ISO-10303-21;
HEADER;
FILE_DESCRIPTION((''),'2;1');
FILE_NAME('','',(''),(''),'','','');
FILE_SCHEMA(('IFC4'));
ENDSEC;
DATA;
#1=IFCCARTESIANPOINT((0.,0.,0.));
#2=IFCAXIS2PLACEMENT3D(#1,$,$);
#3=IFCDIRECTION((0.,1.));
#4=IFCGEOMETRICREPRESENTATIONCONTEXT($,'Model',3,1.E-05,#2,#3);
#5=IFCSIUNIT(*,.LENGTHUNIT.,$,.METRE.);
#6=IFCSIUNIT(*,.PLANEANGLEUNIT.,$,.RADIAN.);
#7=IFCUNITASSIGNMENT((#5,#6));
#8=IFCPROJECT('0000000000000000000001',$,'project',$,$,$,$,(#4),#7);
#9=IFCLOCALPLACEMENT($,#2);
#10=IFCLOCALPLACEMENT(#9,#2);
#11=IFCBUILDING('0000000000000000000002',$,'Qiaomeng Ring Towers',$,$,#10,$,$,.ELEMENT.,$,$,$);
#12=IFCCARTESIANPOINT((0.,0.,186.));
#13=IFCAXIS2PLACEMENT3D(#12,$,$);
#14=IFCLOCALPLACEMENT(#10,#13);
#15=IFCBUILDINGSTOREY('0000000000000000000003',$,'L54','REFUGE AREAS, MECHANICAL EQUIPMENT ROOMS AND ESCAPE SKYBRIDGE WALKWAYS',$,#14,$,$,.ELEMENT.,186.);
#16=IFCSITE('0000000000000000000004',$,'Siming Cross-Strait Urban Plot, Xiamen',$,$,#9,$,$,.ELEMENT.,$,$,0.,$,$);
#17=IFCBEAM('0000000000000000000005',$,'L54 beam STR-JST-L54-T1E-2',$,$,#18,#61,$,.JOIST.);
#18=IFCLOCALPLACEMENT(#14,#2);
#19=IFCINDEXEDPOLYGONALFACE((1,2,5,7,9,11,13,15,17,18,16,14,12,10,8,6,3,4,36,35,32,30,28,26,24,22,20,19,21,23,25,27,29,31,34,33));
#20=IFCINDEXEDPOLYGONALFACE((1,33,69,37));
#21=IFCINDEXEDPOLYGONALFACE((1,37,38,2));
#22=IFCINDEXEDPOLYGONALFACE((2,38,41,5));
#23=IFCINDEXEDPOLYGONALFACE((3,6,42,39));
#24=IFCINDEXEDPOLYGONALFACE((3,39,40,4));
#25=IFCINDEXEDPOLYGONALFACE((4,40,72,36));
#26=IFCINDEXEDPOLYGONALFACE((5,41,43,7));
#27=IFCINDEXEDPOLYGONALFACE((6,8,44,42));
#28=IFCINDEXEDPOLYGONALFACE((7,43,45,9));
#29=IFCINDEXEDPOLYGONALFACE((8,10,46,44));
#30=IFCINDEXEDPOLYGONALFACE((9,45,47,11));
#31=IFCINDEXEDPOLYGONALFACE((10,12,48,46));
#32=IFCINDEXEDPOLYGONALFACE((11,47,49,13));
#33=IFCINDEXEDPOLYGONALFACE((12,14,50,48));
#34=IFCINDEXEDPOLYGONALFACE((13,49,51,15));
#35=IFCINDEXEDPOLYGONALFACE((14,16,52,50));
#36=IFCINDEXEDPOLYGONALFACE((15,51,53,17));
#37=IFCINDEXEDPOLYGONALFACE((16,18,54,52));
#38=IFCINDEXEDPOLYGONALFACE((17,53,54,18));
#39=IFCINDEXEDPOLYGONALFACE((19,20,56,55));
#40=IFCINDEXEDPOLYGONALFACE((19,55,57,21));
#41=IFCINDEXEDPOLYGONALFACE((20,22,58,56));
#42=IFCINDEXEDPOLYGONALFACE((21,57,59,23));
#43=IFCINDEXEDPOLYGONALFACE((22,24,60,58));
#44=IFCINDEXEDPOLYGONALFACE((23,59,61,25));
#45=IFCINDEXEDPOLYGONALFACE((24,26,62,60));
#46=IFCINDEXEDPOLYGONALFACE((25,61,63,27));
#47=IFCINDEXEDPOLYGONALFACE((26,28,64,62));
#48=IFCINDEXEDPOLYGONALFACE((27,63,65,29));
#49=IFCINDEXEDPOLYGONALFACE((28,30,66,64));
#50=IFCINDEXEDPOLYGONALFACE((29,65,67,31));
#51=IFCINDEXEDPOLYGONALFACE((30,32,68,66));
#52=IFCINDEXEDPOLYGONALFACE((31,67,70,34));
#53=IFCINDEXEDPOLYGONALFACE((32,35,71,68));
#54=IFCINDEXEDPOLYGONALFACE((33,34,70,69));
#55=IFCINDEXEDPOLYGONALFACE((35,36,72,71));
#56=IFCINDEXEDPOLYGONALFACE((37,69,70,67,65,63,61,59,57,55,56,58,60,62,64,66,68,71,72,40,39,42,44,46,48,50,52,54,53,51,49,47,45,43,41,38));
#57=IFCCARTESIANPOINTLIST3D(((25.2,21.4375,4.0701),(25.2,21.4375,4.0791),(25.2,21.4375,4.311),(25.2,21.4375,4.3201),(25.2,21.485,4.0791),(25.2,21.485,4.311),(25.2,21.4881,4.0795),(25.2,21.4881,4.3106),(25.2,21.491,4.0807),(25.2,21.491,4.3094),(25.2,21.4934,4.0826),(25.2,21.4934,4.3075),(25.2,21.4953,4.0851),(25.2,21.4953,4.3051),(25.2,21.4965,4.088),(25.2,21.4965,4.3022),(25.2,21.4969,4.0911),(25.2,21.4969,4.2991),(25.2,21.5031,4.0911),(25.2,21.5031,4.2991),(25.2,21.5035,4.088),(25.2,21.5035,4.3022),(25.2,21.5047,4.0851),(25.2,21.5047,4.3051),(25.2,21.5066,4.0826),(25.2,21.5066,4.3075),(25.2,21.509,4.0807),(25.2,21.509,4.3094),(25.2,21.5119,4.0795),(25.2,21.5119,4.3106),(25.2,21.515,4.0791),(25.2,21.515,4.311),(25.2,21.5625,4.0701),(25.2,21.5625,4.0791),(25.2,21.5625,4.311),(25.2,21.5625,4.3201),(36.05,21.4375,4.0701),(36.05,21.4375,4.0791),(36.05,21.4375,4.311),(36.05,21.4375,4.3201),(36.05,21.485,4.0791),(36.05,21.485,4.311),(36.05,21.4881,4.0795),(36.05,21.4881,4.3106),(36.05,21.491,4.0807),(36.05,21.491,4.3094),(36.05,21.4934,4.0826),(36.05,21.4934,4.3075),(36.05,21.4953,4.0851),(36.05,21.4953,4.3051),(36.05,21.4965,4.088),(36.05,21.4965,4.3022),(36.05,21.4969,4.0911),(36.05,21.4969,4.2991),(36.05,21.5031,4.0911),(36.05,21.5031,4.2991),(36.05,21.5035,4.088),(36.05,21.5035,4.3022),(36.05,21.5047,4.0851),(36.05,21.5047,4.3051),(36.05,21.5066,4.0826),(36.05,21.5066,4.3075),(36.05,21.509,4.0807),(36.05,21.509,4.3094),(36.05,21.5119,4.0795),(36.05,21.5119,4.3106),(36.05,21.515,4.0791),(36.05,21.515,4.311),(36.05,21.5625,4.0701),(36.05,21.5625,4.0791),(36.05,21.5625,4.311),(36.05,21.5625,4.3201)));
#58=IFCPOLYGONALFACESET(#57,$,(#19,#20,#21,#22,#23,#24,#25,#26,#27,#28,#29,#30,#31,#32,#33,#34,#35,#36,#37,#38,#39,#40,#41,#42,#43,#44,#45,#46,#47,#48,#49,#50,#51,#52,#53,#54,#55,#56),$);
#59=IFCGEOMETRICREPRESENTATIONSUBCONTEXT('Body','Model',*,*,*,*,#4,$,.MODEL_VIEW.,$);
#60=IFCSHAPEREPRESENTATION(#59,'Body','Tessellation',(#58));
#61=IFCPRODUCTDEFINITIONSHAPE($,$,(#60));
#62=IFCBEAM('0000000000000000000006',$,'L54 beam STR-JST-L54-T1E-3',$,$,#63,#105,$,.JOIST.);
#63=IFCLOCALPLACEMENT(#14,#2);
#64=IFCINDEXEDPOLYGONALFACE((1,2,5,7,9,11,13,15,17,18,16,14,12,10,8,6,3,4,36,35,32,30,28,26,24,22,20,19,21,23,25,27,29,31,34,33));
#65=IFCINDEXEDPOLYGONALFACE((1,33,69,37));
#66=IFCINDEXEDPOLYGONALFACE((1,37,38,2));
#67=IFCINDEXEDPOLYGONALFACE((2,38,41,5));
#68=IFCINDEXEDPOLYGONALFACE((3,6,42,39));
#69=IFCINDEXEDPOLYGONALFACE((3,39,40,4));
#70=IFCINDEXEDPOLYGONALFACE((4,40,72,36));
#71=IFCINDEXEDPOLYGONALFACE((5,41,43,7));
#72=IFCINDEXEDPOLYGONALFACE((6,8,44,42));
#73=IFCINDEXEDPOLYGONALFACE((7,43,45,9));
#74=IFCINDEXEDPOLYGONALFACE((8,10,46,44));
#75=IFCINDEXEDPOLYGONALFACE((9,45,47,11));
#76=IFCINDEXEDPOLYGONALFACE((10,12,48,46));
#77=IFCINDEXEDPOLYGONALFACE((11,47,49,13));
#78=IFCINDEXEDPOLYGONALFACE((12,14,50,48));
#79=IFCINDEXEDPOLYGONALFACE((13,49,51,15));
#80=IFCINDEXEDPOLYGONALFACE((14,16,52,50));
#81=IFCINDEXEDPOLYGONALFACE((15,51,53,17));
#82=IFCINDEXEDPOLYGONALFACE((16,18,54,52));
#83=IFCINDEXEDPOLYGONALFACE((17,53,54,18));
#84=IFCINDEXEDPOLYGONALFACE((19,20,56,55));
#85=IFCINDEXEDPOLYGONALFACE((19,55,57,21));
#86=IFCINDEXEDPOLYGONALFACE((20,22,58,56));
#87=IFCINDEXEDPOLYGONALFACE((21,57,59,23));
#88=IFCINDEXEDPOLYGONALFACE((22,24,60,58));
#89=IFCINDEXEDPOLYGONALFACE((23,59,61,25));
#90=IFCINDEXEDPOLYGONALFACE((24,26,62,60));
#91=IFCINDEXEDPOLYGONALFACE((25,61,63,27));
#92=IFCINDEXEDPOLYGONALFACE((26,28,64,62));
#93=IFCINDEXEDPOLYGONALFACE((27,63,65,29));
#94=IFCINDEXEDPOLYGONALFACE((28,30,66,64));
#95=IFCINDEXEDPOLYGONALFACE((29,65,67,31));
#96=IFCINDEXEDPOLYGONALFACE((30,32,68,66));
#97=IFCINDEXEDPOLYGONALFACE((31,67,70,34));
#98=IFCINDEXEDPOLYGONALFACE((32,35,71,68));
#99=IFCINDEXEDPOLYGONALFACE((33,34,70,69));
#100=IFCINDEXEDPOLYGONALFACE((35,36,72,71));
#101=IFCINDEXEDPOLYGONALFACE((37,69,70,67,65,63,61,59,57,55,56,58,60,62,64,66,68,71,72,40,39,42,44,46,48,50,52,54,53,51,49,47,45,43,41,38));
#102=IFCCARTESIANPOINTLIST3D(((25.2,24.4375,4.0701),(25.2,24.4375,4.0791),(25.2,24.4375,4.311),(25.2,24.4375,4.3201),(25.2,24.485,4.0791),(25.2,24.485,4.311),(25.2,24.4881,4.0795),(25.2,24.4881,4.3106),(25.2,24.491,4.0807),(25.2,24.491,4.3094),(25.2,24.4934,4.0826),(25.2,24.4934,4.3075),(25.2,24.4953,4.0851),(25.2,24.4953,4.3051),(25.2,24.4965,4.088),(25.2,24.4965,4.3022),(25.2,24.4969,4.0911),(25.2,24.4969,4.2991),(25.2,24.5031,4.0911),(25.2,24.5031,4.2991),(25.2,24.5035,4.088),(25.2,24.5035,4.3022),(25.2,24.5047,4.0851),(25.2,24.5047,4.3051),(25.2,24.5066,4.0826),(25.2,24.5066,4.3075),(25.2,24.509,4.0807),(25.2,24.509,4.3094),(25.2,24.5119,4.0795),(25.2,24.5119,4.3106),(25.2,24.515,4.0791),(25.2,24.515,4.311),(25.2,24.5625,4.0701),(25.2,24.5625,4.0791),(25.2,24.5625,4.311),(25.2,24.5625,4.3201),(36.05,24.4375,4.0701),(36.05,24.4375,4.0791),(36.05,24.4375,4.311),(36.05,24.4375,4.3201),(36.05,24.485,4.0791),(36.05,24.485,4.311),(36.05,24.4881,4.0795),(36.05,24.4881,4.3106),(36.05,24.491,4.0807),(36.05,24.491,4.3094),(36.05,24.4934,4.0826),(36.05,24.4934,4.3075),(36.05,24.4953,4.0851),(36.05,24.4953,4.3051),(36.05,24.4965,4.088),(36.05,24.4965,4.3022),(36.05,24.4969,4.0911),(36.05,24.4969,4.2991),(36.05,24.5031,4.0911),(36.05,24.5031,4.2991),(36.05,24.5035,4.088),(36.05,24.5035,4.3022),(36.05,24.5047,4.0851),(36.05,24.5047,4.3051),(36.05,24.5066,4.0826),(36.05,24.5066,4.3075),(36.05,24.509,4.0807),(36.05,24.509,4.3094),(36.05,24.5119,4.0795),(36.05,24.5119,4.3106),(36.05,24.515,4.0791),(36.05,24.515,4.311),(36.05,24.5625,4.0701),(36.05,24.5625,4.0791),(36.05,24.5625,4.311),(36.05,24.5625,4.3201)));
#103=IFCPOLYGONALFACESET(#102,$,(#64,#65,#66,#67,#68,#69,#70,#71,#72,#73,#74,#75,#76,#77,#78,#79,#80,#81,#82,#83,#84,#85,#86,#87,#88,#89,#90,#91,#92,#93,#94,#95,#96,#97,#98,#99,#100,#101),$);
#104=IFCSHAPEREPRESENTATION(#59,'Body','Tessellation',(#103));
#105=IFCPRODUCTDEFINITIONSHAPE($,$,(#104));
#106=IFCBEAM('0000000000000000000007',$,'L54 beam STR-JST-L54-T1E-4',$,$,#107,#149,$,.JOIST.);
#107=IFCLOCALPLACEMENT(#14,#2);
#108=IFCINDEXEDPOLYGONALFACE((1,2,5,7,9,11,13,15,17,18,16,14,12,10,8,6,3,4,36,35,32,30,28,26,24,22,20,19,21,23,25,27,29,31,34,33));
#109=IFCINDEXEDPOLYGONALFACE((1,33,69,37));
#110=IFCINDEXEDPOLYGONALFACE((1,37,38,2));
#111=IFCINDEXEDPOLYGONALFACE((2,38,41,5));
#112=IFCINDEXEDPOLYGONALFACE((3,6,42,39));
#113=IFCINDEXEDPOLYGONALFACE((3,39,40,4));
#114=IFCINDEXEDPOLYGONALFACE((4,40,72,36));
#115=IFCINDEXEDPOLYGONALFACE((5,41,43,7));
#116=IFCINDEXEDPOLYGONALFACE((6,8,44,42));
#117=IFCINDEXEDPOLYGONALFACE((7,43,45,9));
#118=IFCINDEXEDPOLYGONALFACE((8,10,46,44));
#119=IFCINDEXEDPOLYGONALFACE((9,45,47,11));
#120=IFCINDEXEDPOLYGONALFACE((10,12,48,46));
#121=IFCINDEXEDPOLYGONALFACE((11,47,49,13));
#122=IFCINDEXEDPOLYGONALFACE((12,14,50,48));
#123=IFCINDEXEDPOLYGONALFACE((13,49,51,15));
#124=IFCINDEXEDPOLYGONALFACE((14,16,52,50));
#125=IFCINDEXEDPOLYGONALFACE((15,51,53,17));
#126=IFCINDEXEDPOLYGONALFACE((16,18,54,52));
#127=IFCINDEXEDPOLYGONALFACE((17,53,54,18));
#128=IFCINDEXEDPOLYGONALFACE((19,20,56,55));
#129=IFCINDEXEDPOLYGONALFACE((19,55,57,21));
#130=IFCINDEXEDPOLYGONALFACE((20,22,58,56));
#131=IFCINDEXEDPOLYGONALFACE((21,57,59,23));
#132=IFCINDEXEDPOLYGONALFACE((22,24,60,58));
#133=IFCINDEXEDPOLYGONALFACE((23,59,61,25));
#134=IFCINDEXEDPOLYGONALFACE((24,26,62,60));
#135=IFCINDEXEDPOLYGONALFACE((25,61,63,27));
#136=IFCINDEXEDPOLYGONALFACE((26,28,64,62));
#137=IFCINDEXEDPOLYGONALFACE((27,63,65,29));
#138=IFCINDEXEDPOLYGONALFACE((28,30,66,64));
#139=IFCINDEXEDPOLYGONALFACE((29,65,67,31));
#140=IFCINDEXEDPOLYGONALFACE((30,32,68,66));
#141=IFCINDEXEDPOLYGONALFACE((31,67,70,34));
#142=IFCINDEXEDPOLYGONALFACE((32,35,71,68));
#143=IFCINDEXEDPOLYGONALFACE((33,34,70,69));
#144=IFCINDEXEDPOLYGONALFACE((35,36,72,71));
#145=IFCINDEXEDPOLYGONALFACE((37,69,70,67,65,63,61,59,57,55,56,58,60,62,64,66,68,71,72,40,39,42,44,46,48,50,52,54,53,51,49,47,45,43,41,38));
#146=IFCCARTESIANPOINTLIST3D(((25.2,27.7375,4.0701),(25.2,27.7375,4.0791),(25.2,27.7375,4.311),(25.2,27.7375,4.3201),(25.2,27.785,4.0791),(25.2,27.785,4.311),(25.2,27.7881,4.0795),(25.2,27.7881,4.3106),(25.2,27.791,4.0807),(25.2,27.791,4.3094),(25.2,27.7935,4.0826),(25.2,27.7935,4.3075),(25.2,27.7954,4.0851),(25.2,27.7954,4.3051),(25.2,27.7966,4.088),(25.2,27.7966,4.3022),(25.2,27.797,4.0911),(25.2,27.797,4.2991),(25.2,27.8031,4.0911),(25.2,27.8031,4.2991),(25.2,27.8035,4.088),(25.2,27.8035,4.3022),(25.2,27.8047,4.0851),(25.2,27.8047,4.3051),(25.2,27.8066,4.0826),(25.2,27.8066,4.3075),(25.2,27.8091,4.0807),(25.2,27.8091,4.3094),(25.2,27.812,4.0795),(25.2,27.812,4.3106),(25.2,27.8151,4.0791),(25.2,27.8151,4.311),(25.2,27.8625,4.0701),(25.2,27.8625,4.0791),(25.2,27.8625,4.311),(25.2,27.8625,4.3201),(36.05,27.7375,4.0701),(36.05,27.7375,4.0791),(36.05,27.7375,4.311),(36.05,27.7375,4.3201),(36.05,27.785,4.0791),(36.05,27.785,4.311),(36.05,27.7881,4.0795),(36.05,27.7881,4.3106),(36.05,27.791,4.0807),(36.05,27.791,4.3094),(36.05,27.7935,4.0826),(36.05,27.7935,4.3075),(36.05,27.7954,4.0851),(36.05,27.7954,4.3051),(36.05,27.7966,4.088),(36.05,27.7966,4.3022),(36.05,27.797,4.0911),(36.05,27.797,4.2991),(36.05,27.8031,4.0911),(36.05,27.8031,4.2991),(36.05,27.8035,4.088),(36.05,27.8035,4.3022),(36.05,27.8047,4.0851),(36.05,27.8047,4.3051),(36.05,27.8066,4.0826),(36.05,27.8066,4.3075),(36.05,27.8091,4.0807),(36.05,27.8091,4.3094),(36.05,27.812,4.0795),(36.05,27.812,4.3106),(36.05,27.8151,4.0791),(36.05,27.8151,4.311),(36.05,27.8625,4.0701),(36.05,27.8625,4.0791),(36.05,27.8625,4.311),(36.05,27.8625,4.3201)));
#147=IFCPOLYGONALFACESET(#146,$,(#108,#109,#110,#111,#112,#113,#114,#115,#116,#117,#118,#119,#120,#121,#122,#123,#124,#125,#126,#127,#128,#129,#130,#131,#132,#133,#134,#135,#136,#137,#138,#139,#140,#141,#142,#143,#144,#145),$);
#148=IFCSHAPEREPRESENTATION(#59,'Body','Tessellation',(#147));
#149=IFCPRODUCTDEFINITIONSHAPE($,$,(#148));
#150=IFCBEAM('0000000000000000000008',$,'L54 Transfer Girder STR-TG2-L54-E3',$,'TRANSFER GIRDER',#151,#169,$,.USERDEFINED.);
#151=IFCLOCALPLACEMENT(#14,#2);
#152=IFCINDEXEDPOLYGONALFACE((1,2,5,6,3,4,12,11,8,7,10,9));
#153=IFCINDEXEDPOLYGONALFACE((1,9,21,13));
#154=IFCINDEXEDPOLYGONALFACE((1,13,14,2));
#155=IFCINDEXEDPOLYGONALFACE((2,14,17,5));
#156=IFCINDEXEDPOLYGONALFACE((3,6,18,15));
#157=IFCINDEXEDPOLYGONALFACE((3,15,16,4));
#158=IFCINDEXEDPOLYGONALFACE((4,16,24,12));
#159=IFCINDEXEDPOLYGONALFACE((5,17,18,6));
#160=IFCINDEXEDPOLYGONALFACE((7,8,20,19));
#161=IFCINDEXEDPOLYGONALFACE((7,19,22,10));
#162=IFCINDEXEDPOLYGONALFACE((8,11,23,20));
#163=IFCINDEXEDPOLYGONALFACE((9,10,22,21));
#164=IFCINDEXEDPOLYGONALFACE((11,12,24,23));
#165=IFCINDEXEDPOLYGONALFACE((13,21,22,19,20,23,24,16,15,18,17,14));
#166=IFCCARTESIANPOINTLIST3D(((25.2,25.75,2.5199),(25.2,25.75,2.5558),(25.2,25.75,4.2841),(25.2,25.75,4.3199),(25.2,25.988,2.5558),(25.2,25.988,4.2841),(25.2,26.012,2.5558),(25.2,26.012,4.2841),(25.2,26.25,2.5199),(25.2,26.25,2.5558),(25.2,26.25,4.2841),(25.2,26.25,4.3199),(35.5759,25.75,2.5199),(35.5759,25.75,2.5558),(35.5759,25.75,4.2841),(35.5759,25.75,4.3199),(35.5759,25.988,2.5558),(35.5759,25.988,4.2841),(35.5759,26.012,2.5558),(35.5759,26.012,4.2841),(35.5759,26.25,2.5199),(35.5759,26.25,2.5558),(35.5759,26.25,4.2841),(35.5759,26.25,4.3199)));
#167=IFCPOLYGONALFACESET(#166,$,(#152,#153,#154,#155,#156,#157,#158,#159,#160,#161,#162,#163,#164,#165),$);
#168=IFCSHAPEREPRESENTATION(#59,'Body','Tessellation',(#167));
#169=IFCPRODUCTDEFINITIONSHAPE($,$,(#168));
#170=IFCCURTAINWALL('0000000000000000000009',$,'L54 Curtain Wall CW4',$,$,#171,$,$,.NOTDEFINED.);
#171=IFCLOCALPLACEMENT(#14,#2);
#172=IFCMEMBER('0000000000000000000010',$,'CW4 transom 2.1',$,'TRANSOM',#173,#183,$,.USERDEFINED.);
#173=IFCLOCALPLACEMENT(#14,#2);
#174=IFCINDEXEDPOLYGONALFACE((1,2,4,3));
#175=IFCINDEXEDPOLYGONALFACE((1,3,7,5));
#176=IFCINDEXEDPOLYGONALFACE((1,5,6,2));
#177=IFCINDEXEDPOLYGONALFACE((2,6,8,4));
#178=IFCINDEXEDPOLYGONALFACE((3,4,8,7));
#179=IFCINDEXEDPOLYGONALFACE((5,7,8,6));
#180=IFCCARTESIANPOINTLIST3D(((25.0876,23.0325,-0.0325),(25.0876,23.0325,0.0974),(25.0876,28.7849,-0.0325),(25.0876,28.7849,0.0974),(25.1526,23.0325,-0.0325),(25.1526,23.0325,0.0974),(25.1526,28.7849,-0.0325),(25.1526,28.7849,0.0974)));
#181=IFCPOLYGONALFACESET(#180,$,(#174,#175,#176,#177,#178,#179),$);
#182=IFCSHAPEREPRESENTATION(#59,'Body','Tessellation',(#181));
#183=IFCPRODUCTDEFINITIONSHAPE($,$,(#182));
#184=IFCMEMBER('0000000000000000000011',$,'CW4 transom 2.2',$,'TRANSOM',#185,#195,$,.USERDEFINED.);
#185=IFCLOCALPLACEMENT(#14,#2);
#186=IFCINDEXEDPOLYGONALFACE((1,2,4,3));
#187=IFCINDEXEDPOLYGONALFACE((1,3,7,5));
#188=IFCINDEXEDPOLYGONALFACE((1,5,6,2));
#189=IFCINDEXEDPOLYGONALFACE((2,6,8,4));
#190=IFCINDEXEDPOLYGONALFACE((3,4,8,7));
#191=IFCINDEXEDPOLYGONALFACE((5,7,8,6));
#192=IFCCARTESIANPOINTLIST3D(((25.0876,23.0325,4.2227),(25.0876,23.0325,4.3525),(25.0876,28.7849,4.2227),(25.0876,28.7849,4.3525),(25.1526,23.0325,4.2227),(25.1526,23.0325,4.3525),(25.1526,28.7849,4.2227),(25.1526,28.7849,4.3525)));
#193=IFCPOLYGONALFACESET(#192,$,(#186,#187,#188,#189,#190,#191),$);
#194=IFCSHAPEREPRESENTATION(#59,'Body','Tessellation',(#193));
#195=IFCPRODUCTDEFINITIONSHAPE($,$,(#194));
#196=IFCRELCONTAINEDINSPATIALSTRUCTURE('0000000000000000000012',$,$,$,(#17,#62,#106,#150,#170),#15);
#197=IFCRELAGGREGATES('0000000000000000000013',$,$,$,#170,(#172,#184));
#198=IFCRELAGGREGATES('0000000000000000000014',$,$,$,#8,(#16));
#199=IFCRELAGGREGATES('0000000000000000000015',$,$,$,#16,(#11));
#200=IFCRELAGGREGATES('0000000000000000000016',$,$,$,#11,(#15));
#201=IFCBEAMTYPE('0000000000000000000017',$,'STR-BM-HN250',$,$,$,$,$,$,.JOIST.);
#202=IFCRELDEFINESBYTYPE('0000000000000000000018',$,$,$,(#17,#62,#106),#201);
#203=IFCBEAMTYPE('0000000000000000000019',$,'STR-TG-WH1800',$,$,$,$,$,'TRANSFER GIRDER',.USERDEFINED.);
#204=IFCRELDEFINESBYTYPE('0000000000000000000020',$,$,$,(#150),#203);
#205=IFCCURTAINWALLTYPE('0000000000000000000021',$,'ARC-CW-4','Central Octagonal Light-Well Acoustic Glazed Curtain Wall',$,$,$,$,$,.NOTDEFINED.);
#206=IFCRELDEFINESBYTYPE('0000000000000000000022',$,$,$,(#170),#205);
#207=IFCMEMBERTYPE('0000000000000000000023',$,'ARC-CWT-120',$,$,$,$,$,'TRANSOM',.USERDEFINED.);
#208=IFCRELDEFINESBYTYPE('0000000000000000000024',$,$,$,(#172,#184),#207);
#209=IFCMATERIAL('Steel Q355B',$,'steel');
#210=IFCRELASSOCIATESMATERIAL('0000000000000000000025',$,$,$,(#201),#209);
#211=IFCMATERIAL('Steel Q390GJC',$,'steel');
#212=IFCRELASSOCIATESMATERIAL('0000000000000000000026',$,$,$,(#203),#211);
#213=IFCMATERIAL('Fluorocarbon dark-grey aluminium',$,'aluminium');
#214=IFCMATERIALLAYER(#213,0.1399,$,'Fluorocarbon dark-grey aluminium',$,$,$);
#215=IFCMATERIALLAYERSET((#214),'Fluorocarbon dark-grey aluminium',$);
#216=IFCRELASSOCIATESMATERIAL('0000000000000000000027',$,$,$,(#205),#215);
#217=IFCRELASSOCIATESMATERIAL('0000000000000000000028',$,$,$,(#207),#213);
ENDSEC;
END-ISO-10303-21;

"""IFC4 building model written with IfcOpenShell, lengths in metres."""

from ifc_helpers import new_model, si_unit, direction, frame, origin, origin_2d, place, context, subcontext, project, spatial, rectangle, i_section, extrude, source, transform, mapped, material, layer, layer_set, material_profile, profile_set, type_object, element, aggregate, save


model = new_model("IFC4")

# Units and contexts
model_context = context("Model", 3, precision=1e-05, world=origin(), true_north=direction((0.0, 1.0)))
body_context = subcontext(model_context, "Body", "Model", "MODEL_VIEW")
ifc_project = project(units=[si_unit("LENGTHUNIT", "METRE"), si_unit("PLANEANGLEUNIT", "RADIAN")], contexts=[model_context])

# Site, building, storey
site_placement = place(None, origin())
site = spatial("IfcSite", under=ifc_project, at=site_placement, Name="Siming Cross-Strait Urban Plot, Xiamen", CompositionType="ELEMENT", RefElevation=0.0)
building_placement = place(site_placement, origin())
building = spatial("IfcBuilding", under=site, at=building_placement, Name="Qiaomeng Ring Towers", CompositionType="ELEMENT")
storey_placement = place(building_placement, frame((0.0, 0.0, 186.0)))
storey = spatial("IfcBuildingStorey", under=building, at=storey_placement, Name="L54", Description="REFUGE AREAS, MECHANICAL EQUIPMENT ROOMS AND ESCAPE SKYBRIDGE WALKWAYS", CompositionType="ELEMENT", Elevation=186.0)

# Beams
ifc_material_1 = material(Name="Steel Q355B", Category="steel")
ifc_material_profile_1 = material_profile(ifc_material_1, i_section(OverallWidth=0.125, OverallDepth=0.25, WebThickness=0.0061, FlangeThickness=0.009, FilletRadius=0.012, at=origin_2d()), Name="HN 250x125x6x9")
ifc_profile_set_1 = profile_set([ifc_material_profile_1], Name="Steel Q355B")
beam_type_1 = type_object("IfcBeamType", Name="STR-BM-HN250", PredefinedType="JOIST", material=ifc_profile_set_1)
shared_shape_1 = source(origin(), body_context, "Body", "SweptSolid", [
    extrude(i_section(OverallWidth=0.125, OverallDepth=0.25, WebThickness=0.0061, FlangeThickness=0.009, FilletRadius=0.012, at=origin_2d()), origin(), (0.0, 0.0, 1.0), 10.8501),
])
for number, where, z_axis, x_axis, name in (
    (1, (25.2, 21.5, 4.1951), (1.0, 0.0, 0.0), (0.0, 1.0, 0.0), "L54 beam STR-JST-L54-T1E-2"),
    (2, (25.2, 24.5, 4.1951), (1.0, 0.0, 0.0), (0.0, 1.0, 0.0), "L54 beam STR-JST-L54-T1E-3"),
    (3, (25.2, 27.8, 4.1951), (1.0, 0.0, 0.0), (0.0, 1.0, 0.0), "L54 beam STR-JST-L54-T1E-4"),
):
    element("IfcBeam", number, at=place(storey_placement, frame(where, z_axis=z_axis, x_axis=x_axis)), inside=storey, type_object=beam_type_1, Name=name, PredefinedType="JOIST", context=body_context, shape_type="MappedRepresentation", body=[
        mapped(shared_shape_1, transform((0.0, 0.0, 0.0), x_axis=(1.0, 0.0, 0.0), y_axis=(0.0, 1.0, 0.0), z_axis=(0.0, 0.0, 1.0), scale=1.0)),
    ])
ifc_material_2 = material(Name="Steel Q390GJC", Category="steel")
ifc_material_profile_2 = material_profile(ifc_material_2, i_section(OverallWidth=0.5, OverallDepth=1.8, WebThickness=0.0239, FlangeThickness=0.0359, at=origin_2d()), Name="WH 1800x500x24x36")
ifc_profile_set_2 = profile_set([ifc_material_profile_2], Name="Steel Q390GJC")
beam_type_2 = type_object("IfcBeamType", Name="STR-TG-WH1800", ElementType="TRANSFER GIRDER", PredefinedType="USERDEFINED", material=ifc_profile_set_2)
shared_shape_2 = source(origin(), body_context, "Body", "SweptSolid", [
    extrude(i_section(OverallWidth=0.5, OverallDepth=1.8, WebThickness=0.0239, FlangeThickness=0.0359, at=origin_2d()), origin(), (0.0, 0.0, 1.0), 10.376),
])
beam_placement = place(storey_placement, frame((25.2, 26.0, 3.4199), z_axis=(1.0, 0.0, 0.0), x_axis=(0.0, 1.0, 0.0)))
element("IfcBeam", 4, at=beam_placement, inside=storey, type_object=beam_type_2, Name="L54 Transfer Girder STR-TG2-L54-E3", ObjectType="TRANSFER GIRDER", PredefinedType="USERDEFINED", context=body_context, shape_type="MappedRepresentation", body=[
    mapped(shared_shape_2, transform((0.0, 0.0, 0.0), x_axis=(1.0, 0.0, 0.0), y_axis=(0.0, 1.0, 0.0), z_axis=(0.0, 0.0, 1.0), scale=1.0)),
])

# Curtain wall, members
ifc_material_3 = material(Name="Fluorocarbon dark-grey aluminium", Category="aluminium")
ifc_layer_1 = layer(ifc_material_3, 0.1399, Name="Fluorocarbon dark-grey aluminium")
ifc_layer_set_1 = layer_set([ifc_layer_1], Name="Fluorocarbon dark-grey aluminium")
curtain_wall_type = type_object("IfcCurtainWallType", Name="ARC-CW-4", Description="Central Octagonal Light-Well Acoustic Glazed Curtain Wall", PredefinedType="NOTDEFINED", material=ifc_layer_set_1)
curtain_wall_placement = place(storey_placement, origin())
curtain_wall = element("IfcCurtainWall", 5, at=curtain_wall_placement, inside=storey, type_object=curtain_wall_type, Name="L54 Curtain Wall CW4", PredefinedType="NOTDEFINED")
ifc_material_profile_3 = material_profile(ifc_material_3, rectangle(XDim=0.0649, YDim=0.1299, at=origin_2d()), Name="ALU TRAN 65x130")
ifc_profile_set_3 = profile_set([ifc_material_profile_3], Name="Fluorocarbon dark-grey aluminium")
member_type_1 = type_object("IfcMemberType", Name="ARC-CWT-120", ElementType="TRANSOM", PredefinedType="USERDEFINED", material=ifc_profile_set_3)
shared_shape_3 = source(origin(), body_context, "Body", "SweptSolid", [
    extrude(rectangle(XDim=0.0649, YDim=0.1299, at=origin_2d()), origin(), (0.0, 0.0, 1.0), 5.7524),
])
member_1_placement = place(storey_placement, frame((25.1201, 23.0325, 0.0325), z_axis=(0.0, 1.0, 0.0), x_axis=(-1.0, 0.0, 0.0)))
member_1 = element("IfcMember", 6, at=member_1_placement, type_object=member_type_1, Name="CW4 transom 2.1", ObjectType="TRANSOM", PredefinedType="USERDEFINED", context=body_context, shape_type="MappedRepresentation", body=[
    mapped(shared_shape_3, transform((0.0, 0.0, 0.0), x_axis=(1.0, 0.0, 0.0), y_axis=(0.0, 1.0, 0.0), z_axis=(0.0, 0.0, 1.0), scale=1.0)),
])
member_2_placement = place(storey_placement, frame((25.1201, 23.0325, 4.2876), z_axis=(0.0, 1.0, 0.0), x_axis=(-1.0, 0.0, 0.0)))
member_2 = element("IfcMember", 7, at=member_2_placement, type_object=member_type_1, Name="CW4 transom 2.2", ObjectType="TRANSOM", PredefinedType="USERDEFINED", context=body_context, shape_type="MappedRepresentation", body=[
    mapped(shared_shape_3, transform((0.0, 0.0, 0.0), x_axis=(1.0, 0.0, 0.0), y_axis=(0.0, 1.0, 0.0), z_axis=(0.0, 0.0, 1.0), scale=1.0)),
])
aggregate(curtain_wall, [member_1, member_2])

save(model, "model.ifc")
